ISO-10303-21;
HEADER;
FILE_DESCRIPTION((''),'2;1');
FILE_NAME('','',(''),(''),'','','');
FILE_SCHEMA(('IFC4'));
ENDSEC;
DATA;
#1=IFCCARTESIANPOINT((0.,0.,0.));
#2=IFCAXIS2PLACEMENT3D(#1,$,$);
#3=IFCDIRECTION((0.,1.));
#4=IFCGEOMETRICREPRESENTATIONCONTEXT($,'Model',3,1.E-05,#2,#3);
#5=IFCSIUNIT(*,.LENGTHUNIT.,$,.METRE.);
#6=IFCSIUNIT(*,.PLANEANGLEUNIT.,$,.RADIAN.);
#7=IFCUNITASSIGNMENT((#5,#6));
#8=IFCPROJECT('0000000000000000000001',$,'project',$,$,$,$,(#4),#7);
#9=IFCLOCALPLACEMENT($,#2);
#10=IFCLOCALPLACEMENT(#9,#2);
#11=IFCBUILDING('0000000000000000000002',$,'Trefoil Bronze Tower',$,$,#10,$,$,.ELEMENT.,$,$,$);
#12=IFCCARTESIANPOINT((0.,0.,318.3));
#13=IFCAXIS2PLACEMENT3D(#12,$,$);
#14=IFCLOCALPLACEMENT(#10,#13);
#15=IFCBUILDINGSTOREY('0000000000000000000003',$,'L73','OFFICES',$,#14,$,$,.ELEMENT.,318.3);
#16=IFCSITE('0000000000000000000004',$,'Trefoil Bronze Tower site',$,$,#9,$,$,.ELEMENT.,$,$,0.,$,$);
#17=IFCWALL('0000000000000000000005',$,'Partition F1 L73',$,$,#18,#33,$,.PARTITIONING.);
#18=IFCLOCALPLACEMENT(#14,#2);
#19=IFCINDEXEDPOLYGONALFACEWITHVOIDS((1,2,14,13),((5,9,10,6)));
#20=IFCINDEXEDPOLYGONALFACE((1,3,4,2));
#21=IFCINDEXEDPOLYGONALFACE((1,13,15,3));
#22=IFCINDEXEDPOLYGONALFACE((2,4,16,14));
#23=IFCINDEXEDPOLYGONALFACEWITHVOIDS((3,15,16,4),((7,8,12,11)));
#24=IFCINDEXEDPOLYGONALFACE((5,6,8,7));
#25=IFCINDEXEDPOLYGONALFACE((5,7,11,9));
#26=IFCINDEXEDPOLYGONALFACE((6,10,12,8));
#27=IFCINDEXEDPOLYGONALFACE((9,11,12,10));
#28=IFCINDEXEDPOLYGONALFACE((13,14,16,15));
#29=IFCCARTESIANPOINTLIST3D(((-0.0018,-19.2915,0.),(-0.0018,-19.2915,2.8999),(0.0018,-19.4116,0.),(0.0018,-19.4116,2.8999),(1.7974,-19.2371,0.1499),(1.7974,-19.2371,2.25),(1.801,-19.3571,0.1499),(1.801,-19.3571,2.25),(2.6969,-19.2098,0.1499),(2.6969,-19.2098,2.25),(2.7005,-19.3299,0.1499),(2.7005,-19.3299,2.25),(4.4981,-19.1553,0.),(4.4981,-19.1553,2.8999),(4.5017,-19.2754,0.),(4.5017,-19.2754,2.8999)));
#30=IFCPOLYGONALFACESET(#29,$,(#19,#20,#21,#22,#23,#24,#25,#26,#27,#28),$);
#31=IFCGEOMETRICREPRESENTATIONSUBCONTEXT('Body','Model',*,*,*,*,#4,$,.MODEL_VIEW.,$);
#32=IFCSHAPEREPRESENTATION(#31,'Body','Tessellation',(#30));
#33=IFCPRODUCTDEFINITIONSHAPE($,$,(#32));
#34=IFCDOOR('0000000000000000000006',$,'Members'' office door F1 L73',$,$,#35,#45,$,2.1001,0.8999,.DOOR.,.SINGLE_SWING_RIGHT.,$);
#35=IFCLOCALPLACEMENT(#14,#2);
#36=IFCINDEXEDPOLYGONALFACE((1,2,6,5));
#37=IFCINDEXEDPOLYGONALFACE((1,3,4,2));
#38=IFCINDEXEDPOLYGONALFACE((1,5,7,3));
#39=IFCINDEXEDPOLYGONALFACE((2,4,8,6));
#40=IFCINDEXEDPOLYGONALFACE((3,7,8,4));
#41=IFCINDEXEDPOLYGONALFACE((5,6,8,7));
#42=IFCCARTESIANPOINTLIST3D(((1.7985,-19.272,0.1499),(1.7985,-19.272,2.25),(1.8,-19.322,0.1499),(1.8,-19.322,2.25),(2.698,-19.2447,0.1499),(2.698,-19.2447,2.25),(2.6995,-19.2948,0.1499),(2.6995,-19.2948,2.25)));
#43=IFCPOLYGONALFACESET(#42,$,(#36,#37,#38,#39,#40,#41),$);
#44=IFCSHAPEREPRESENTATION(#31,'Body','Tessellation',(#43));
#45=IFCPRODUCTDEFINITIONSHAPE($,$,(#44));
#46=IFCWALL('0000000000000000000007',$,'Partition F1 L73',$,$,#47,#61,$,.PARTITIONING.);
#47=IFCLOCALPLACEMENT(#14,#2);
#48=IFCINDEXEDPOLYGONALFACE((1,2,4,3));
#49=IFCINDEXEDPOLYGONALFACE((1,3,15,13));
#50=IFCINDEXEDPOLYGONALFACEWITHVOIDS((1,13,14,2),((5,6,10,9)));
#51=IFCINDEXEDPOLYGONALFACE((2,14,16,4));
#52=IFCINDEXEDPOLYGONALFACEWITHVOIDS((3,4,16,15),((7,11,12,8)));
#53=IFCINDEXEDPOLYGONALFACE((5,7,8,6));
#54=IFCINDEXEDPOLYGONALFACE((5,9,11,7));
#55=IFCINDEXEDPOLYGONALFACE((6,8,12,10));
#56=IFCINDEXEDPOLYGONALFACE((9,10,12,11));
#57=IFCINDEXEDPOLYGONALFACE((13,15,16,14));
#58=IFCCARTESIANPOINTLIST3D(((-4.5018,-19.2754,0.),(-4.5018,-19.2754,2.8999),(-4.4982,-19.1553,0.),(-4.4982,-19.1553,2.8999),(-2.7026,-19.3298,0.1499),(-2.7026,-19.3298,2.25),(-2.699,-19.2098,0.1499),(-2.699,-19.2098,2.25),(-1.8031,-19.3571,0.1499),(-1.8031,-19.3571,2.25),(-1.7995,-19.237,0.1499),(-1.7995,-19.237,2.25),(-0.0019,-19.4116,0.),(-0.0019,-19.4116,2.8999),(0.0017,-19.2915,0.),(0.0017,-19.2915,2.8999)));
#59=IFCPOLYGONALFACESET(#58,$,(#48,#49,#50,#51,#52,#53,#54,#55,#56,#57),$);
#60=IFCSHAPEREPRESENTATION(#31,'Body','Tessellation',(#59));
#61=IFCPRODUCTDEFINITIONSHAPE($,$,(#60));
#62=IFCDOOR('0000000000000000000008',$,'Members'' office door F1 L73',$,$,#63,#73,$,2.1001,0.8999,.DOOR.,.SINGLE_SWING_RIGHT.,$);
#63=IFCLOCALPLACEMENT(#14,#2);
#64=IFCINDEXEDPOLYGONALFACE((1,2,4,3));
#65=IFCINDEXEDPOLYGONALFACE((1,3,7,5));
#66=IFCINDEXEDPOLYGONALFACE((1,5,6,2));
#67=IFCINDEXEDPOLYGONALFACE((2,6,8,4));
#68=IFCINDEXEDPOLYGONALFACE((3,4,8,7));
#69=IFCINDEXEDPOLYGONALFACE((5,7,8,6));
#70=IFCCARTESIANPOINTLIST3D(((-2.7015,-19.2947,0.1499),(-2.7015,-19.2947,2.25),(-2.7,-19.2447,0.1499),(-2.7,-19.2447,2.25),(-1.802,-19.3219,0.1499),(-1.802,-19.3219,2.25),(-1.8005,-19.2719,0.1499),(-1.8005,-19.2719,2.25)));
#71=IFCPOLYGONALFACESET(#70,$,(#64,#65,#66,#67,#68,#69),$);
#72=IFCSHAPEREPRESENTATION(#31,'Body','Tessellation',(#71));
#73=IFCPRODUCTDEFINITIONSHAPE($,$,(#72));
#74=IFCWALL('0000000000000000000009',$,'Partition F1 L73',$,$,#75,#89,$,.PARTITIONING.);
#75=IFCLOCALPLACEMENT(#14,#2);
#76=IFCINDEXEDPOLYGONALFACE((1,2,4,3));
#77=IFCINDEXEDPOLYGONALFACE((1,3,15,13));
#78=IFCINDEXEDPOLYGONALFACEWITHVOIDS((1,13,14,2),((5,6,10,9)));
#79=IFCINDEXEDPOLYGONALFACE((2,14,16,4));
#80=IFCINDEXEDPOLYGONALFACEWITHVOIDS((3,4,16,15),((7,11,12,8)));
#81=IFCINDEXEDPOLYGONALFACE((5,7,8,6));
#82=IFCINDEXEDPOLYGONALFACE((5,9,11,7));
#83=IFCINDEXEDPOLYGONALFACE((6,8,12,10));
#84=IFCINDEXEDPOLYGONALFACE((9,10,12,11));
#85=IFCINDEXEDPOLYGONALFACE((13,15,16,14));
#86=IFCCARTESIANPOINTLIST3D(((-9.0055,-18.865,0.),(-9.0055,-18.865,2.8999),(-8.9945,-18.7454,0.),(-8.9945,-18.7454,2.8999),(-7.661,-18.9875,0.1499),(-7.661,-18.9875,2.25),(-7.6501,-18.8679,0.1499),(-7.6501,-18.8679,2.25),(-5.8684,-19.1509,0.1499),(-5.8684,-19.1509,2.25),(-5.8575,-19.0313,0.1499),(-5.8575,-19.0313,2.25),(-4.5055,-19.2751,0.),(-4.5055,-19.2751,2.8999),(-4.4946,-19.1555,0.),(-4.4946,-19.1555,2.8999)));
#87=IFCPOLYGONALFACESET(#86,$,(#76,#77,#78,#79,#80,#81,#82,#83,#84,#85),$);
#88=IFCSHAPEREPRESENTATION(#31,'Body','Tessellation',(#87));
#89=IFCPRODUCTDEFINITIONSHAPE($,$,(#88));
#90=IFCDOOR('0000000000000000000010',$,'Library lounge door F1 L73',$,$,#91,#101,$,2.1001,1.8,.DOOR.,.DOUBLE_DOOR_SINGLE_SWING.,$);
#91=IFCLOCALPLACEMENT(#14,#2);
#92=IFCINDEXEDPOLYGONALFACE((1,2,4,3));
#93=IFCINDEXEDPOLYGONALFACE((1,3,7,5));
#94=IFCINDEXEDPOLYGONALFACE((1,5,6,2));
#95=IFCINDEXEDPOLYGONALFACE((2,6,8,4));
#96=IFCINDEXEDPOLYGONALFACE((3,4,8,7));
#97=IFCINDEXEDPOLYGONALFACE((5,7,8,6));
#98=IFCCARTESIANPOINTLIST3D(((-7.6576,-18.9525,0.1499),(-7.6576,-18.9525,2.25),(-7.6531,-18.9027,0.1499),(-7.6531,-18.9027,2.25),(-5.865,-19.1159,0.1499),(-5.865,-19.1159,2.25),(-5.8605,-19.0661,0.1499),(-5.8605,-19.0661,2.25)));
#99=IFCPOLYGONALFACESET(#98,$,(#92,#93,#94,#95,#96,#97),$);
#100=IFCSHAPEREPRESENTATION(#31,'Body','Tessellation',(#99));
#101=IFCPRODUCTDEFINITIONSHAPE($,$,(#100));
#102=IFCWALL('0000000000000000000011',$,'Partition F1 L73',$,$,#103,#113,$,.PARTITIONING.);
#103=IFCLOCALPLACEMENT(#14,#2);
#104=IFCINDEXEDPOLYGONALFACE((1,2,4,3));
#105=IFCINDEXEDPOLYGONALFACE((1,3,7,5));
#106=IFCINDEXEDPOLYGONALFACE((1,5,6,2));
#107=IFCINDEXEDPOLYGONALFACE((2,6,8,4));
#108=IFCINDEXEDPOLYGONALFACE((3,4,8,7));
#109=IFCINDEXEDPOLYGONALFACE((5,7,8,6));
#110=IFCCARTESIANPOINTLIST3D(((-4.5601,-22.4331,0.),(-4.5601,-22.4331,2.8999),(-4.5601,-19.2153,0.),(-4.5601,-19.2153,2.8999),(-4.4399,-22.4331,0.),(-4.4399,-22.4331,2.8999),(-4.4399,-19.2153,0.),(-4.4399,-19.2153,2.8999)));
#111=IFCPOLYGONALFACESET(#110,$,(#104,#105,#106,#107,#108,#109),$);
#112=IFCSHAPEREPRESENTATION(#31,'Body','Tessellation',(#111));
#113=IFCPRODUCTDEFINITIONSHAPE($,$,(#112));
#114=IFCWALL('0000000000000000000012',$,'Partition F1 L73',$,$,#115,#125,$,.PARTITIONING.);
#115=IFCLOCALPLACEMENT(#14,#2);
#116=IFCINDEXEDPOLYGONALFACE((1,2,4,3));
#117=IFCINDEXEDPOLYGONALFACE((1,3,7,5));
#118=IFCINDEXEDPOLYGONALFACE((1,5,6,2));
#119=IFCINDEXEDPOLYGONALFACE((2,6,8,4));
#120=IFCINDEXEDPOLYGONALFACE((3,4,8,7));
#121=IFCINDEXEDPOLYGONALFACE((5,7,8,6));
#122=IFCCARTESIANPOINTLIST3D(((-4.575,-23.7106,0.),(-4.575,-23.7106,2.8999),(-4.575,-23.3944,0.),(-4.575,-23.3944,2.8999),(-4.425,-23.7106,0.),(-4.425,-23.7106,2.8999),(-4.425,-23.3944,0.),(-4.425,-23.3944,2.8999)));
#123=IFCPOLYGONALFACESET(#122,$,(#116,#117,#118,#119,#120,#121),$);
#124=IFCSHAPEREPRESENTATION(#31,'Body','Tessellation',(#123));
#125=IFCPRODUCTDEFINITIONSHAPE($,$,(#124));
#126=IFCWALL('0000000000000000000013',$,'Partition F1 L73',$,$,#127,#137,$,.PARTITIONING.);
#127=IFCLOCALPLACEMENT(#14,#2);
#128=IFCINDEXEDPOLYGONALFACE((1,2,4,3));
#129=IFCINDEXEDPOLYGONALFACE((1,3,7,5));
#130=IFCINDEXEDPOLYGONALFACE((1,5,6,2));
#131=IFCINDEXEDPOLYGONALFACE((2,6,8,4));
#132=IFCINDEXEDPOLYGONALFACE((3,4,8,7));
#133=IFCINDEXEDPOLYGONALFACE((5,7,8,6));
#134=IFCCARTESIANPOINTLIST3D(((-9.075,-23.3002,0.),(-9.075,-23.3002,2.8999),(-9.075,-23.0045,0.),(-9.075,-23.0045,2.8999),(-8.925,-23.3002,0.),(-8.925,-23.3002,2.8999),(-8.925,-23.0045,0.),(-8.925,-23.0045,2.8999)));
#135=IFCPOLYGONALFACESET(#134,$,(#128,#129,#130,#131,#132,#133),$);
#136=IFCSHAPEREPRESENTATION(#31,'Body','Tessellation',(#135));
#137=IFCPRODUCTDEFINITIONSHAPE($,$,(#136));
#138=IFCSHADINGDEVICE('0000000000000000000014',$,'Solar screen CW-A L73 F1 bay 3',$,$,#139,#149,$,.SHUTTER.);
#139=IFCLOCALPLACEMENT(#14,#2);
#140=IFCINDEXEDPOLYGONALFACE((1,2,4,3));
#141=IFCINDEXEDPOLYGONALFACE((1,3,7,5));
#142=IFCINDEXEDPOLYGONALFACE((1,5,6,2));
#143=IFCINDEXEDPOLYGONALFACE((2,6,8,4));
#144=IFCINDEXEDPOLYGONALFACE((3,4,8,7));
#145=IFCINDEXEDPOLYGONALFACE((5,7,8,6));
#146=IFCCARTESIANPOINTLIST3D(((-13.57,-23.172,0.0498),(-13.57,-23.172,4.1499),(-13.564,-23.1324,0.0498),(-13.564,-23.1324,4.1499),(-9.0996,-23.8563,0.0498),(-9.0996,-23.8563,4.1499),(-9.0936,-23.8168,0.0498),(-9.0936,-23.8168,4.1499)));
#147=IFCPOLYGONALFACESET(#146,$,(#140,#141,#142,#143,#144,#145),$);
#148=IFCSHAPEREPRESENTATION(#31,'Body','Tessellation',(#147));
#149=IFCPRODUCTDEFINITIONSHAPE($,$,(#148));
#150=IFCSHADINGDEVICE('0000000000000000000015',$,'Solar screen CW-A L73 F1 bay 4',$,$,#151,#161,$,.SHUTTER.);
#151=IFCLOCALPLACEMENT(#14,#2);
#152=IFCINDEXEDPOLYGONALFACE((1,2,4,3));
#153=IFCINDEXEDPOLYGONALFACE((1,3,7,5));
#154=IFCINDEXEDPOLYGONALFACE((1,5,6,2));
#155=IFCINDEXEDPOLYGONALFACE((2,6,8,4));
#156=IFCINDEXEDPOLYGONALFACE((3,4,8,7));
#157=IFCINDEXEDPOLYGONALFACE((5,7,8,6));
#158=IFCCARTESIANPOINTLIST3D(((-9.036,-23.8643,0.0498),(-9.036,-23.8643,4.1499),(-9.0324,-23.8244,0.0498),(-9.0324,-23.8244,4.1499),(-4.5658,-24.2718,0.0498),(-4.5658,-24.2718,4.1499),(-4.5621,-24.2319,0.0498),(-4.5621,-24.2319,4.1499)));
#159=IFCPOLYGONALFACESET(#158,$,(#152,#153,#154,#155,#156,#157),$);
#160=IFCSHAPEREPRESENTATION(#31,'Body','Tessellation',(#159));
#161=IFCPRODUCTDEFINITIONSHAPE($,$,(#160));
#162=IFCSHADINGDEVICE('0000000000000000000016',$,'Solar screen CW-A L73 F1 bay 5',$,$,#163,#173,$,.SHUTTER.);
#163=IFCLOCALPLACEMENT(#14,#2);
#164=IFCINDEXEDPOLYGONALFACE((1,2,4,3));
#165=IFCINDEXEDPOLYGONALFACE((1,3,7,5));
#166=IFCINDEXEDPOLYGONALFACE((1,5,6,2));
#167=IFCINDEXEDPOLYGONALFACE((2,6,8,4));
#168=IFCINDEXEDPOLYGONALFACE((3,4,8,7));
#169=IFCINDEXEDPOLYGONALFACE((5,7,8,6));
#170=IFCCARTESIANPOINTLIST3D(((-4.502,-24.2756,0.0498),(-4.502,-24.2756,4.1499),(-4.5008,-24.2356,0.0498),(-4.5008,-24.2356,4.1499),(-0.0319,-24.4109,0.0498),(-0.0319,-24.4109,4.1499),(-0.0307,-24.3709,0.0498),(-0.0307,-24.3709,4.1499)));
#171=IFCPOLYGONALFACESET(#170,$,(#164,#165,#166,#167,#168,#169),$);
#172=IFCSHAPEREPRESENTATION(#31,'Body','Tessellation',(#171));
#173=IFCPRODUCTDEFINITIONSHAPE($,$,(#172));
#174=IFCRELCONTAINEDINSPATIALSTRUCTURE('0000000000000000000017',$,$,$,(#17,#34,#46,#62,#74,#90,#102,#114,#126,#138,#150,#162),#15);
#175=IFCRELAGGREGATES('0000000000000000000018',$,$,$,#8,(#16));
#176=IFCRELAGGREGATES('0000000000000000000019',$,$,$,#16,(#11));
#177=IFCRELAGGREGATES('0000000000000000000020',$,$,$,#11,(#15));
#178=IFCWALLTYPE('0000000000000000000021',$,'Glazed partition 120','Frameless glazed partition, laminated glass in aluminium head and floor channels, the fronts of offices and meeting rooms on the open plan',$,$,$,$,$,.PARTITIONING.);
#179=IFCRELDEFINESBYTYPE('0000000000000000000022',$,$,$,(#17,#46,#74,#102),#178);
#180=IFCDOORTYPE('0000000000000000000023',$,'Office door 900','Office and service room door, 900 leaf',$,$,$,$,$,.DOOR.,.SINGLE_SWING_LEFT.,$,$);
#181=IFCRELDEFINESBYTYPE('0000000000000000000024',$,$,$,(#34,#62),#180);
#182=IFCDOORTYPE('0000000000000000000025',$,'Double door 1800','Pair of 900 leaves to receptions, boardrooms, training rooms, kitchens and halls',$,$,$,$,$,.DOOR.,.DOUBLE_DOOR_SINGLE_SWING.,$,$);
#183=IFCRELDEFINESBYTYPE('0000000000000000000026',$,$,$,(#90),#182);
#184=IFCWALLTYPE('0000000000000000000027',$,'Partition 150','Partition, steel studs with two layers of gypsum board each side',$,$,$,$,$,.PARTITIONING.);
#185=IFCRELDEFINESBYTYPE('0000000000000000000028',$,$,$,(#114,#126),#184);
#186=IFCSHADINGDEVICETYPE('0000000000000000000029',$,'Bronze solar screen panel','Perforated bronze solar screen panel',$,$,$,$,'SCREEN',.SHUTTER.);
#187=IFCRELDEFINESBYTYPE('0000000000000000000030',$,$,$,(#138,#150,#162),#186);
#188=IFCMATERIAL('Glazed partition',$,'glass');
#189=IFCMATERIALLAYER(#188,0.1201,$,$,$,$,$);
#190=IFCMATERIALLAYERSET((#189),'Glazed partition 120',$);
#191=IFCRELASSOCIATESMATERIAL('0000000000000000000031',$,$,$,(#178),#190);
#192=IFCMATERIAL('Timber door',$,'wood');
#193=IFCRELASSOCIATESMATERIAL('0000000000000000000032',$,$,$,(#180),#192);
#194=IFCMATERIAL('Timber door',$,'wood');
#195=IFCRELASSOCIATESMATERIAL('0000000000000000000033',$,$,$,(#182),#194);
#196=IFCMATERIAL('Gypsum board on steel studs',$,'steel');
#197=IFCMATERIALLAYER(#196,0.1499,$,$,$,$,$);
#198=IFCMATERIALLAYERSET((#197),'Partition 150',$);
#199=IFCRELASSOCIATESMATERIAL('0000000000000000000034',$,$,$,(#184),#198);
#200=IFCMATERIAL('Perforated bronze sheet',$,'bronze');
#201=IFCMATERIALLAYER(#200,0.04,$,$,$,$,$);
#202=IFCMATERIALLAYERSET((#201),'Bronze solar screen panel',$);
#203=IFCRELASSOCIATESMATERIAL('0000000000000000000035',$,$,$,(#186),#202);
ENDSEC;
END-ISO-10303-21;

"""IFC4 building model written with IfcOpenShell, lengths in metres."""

from ifc_helpers import new_model, si_unit, direction, frame, frame_2d, origin, origin_2d, place, context, subcontext, project, spatial, rectangle, extrude, material, layer, layer_set, type_object, element, fill, save


model = new_model("IFC4")

# Units and contexts
model_context = context("Model", 3, precision=1e-05, world=origin(), true_north=direction((0.0, 1.0)))
body_context = subcontext(model_context, "Body", "Model", "MODEL_VIEW")
ifc_project = project(units=[si_unit("LENGTHUNIT", "METRE"), si_unit("PLANEANGLEUNIT", "RADIAN")], contexts=[model_context])

# Site, building, storey
site_placement = place(None, origin())
site = spatial("IfcSite", under=ifc_project, at=site_placement, Name="Trefoil Bronze Tower site", CompositionType="ELEMENT", RefElevation=0.0)
building_placement = place(site_placement, origin())
building = spatial("IfcBuilding", under=site, at=building_placement, Name="Trefoil Bronze Tower", CompositionType="ELEMENT")
storey_placement = place(building_placement, frame((0.0, 0.0, 318.3)))
storey = spatial("IfcBuildingStorey", under=building, at=storey_placement, Name="L73", Description="OFFICES", CompositionType="ELEMENT", Elevation=318.3)

# Walls, openings, doors
ifc_material_1 = material(Name="Glazed partition", Category="glass")
ifc_layer_1 = layer(ifc_material_1, 0.1201)
ifc_layer_set_1 = layer_set([ifc_layer_1], Name="Glazed partition 120")
wall_type_1 = type_object("IfcWallType", Name="Glazed partition 120", Description="Frameless glazed partition, laminated glass in aluminium head and floor channels, the fronts of offices and meeting rooms on the open plan", PredefinedType="PARTITIONING", material=ifc_layer_set_1)
wall_1_placement = place(storey_placement, frame((0.0, -19.3516, 0.0), z_axis=(0.0, 0.0, 1.0), x_axis=(0.999542, 0.03026, 0.0)))
wall_1 = element("IfcWall", 1, at=wall_1_placement, inside=storey, type_object=wall_type_1, Name="Partition F1 L73", PredefinedType="PARTITIONING", context=body_context, shape_type="SweptSolid", body=[
    extrude(rectangle(XDim=4.502, YDim=0.1201, at=frame_2d((2.251, 0.0))), origin(), (0.0, 0.0, 1.0), 2.8999),
])
opening_1_placement = place(wall_1_placement, frame((1.8, 0.0, 0.1499)))
opening_1 = element("IfcOpeningElement", 2, at=opening_1_placement, cuts=wall_1, PredefinedType="OPENING", context=body_context, shape_type="SweptSolid", body=[
    extrude(rectangle(XDim=0.8999, YDim=2.1001, at=frame_2d((0.45, 1.05))), frame((0.0, 0.0701, 0.0), z_axis=(0.0, -1.0, 0.0), x_axis=(1.0, 0.0, 0.0)), (0.0, 0.0, 1.0), 0.1401),
])
ifc_material_2 = material(Name="Timber door", Category="wood")
door_type_1 = type_object("IfcDoorType", Name="Office door 900", Description="Office and service room door, 900 leaf", OperationType="SINGLE_SWING_LEFT", PredefinedType="DOOR", material=ifc_material_2)
door_1_placement = place(opening_1_placement, frame((0.8999, 0.0, 0.0), z_axis=(0.0, 0.0, 1.0), x_axis=(-1.0, 0.0, 0.0)))
door_1 = element("IfcDoor", 3, at=door_1_placement, inside=storey, type_object=door_type_1, Name="Members' office door F1 L73", OperationType="SINGLE_SWING_RIGHT", OverallHeight=2.1001, OverallWidth=0.8999, PredefinedType="DOOR", context=body_context, shape_type="SweptSolid", body=[
    extrude(rectangle(XDim=0.8999, YDim=2.1001, at=frame_2d((0.45, 1.05))), frame((0.0, 0.0249, 0.0), z_axis=(0.0, -1.0, 0.0), x_axis=(1.0, 0.0, 0.0)), (0.0, 0.0, 1.0), 0.05),
])
fill(opening_1, door_1)
wall_2_placement = place(storey_placement, frame((-4.5, -19.2153, 0.0), z_axis=(0.0, 0.0, 1.0), x_axis=(0.999542, -0.03026, 0.0)))
wall_2 = element("IfcWall", 4, at=wall_2_placement, inside=storey, type_object=wall_type_1, Name="Partition F1 L73", PredefinedType="PARTITIONING", context=body_context, shape_type="SweptSolid", body=[
    extrude(rectangle(XDim=4.502, YDim=0.1201, at=frame_2d((2.251, 0.0))), origin(), (0.0, 0.0, 1.0), 2.8999),
])
opening_2_placement = place(wall_2_placement, frame((1.8, 0.0, 0.1499)))
opening_2 = element("IfcOpeningElement", 5, at=opening_2_placement, cuts=wall_2, PredefinedType="OPENING", context=body_context, shape_type="SweptSolid", body=[
    extrude(rectangle(XDim=0.8999, YDim=2.1001, at=frame_2d((0.45, 1.05))), frame((0.0, 0.0701, 0.0), z_axis=(0.0, -1.0, 0.0), x_axis=(1.0, 0.0, 0.0)), (0.0, 0.0, 1.0), 0.1401),
])
door_2_placement = place(opening_2_placement, frame((0.8999, 0.0, 0.0), z_axis=(0.0, 0.0, 1.0), x_axis=(-1.0, 0.0, 0.0)))
door_2 = element("IfcDoor", 6, at=door_2_placement, inside=storey, type_object=door_type_1, Name="Members' office door F1 L73", OperationType="SINGLE_SWING_RIGHT", OverallHeight=2.1001, OverallWidth=0.8999, PredefinedType="DOOR", context=body_context, shape_type="SweptSolid", body=[
    extrude(rectangle(XDim=0.8999, YDim=2.1001, at=frame_2d((0.45, 1.05))), frame((0.0, 0.0249, 0.0), z_axis=(0.0, -1.0, 0.0), x_axis=(1.0, 0.0, 0.0)), (0.0, 0.0, 1.0), 0.05),
])
fill(opening_2, door_2)
wall_3_placement = place(storey_placement, frame((-9.0, -18.8052, 0.0), z_axis=(0.0, 0.0, 1.0), x_axis=(0.995872, -0.09077, 0.0)))
wall_3 = element("IfcWall", 7, at=wall_3_placement, inside=storey, type_object=wall_type_1, Name="Partition F1 L73", PredefinedType="PARTITIONING", context=body_context, shape_type="SweptSolid", body=[
    extrude(rectangle(XDim=4.5186, YDim=0.1201, at=frame_2d((2.2593, 0.0))), origin(), (0.0, 0.0, 1.0), 2.8999),
])
opening_3_placement = place(wall_3_placement, frame((1.3501, 0.0, 0.1499)))
opening_3 = element("IfcOpeningElement", 8, at=opening_3_placement, cuts=wall_3, PredefinedType="OPENING", context=body_context, shape_type="SweptSolid", body=[
    extrude(rectangle(XDim=1.8, YDim=2.1001, at=frame_2d((0.8999, 1.05))), frame((0.0, 0.0701, 0.0), z_axis=(0.0, -1.0, 0.0), x_axis=(1.0, 0.0, 0.0)), (0.0, 0.0, 1.0), 0.1401),
])
ifc_material_3 = material(Name="Timber door", Category="wood")
door_type_2 = type_object("IfcDoorType", Name="Double door 1800", Description="Pair of 900 leaves to receptions, boardrooms, training rooms, kitchens and halls", OperationType="DOUBLE_DOOR_SINGLE_SWING", PredefinedType="DOOR", material=ifc_material_3)
door_3_placement = place(opening_3_placement, frame((1.8, 0.0, 0.0), z_axis=(0.0, 0.0, 1.0), x_axis=(-1.0, 0.0, 0.0)))
door_3 = element("IfcDoor", 9, at=door_3_placement, inside=storey, type_object=door_type_2, Name="Library lounge door F1 L73", OperationType="DOUBLE_DOOR_SINGLE_SWING", OverallHeight=2.1001, OverallWidth=1.8, PredefinedType="DOOR", context=body_context, shape_type="SweptSolid", body=[
    extrude(rectangle(XDim=1.8, YDim=2.1001, at=frame_2d((0.8999, 1.05))), frame((0.0, 0.0249, 0.0), z_axis=(0.0, -1.0, 0.0), x_axis=(1.0, 0.0, 0.0)), (0.0, 0.0, 1.0), 0.05),
])
fill(opening_3, door_3)

# Walls
wall_4_placement = place(storey_placement, frame((-4.5, -19.2153, 0.0), z_axis=(0.0, 0.0, 1.0), x_axis=(0.0, -1.0, 0.0)))
element("IfcWall", 10, at=wall_4_placement, inside=storey, type_object=wall_type_1, Name="Partition F1 L73", PredefinedType="PARTITIONING", context=body_context, shape_type="SweptSolid", body=[
    extrude(rectangle(XDim=3.2178, YDim=0.1201, at=frame_2d((1.6089, 0.0))), origin(), (0.0, 0.0, 1.0), 2.8999),
])
ifc_material_4 = material(Name="Gypsum board on steel studs", Category="steel")
ifc_layer_2 = layer(ifc_material_4, 0.1499)
ifc_layer_set_2 = layer_set([ifc_layer_2], Name="Partition 150")
wall_type_2 = type_object("IfcWallType", Name="Partition 150", Description="Partition, steel studs with two layers of gypsum board each side", PredefinedType="PARTITIONING", material=ifc_layer_set_2)
wall_5_placement = place(storey_placement, frame((-4.5, -23.3943, 0.0), z_axis=(0.0, 0.0, 1.0), x_axis=(0.0, -1.0, 0.0)))
element("IfcWall", 11, at=wall_5_placement, inside=storey, type_object=wall_type_2, Name="Partition F1 L73", PredefinedType="PARTITIONING", context=body_context, shape_type="SweptSolid", body=[
    extrude(rectangle(XDim=0.3162, YDim=0.1499, at=frame_2d((0.1582, 0.0))), origin(), (0.0, 0.0, 1.0), 2.8999),
])
wall_6_placement = place(storey_placement, frame((-9.0, -23.0044, 0.0), z_axis=(0.0, 0.0, 1.0), x_axis=(0.0, -1.0, 0.0)))
element("IfcWall", 12, at=wall_6_placement, inside=storey, type_object=wall_type_2, Name="Partition F1 L73", PredefinedType="PARTITIONING", context=body_context, shape_type="SweptSolid", body=[
    extrude(rectangle(XDim=0.2957, YDim=0.1499, at=frame_2d((0.1479, 0.0))), origin(), (0.0, 0.0, 1.0), 2.8999),
])

# Shading devices
ifc_material_5 = material(Name="Perforated bronze sheet", Category="bronze")
ifc_layer_3 = layer(ifc_material_5, 0.04)
ifc_layer_set_3 = layer_set([ifc_layer_3], Name="Bronze solar screen panel")
shading_device_type = type_object("IfcShadingDeviceType", Name="Bronze solar screen panel", Description="Perforated bronze solar screen panel", ElementType="SCREEN", PredefinedType="SHUTTER", material=ifc_layer_set_3)
shading_device_1_placement = place(storey_placement, frame((-11.3318, -23.4944, 0.0498), z_axis=(0.0, 0.0, 1.0), x_axis=(0.988485, -0.151317, 0.0)))
element("IfcShadingDevice", 13, at=shading_device_1_placement, inside=storey, type_object=shading_device_type, Name="Solar screen CW-A L73 F1 bay 3", PredefinedType="SHUTTER", context=body_context, shape_type="SweptSolid", body=[
    extrude(rectangle(XDim=4.5225, YDim=0.04, at=origin_2d()), origin(), (0.0, 0.0, 1.0), 4.1001),
])
shading_device_2_placement = place(storey_placement, frame((-6.7991, -24.0481, 0.0498), z_axis=(0.0, 0.0, 1.0), x_axis=(0.99587, -0.090789, 0.0)))
element("IfcShadingDevice", 14, at=shading_device_2_placement, inside=storey, type_object=shading_device_type, Name="Solar screen CW-A L73 F1 bay 4", PredefinedType="SHUTTER", context=body_context, shape_type="SweptSolid", body=[
    extrude(rectangle(XDim=4.4888, YDim=0.04, at=origin_2d()), origin(), (0.0, 0.0, 1.0), 4.1001),
])
shading_device_3_placement = place(storey_placement, frame((-2.2664, -24.3232, 0.0498), z_axis=(0.0, 0.0, 1.0), x_axis=(0.999542, -0.030263, 0.0)))
element("IfcShadingDevice", 15, at=shading_device_3_placement, inside=storey, type_object=shading_device_type, Name="Solar screen CW-A L73 F1 bay 5", PredefinedType="SHUTTER", context=body_context, shape_type="SweptSolid", body=[
    extrude(rectangle(XDim=4.4722, YDim=0.04, at=origin_2d()), origin(), (0.0, 0.0, 1.0), 4.1001),
])

save(model, "model.ifc")
